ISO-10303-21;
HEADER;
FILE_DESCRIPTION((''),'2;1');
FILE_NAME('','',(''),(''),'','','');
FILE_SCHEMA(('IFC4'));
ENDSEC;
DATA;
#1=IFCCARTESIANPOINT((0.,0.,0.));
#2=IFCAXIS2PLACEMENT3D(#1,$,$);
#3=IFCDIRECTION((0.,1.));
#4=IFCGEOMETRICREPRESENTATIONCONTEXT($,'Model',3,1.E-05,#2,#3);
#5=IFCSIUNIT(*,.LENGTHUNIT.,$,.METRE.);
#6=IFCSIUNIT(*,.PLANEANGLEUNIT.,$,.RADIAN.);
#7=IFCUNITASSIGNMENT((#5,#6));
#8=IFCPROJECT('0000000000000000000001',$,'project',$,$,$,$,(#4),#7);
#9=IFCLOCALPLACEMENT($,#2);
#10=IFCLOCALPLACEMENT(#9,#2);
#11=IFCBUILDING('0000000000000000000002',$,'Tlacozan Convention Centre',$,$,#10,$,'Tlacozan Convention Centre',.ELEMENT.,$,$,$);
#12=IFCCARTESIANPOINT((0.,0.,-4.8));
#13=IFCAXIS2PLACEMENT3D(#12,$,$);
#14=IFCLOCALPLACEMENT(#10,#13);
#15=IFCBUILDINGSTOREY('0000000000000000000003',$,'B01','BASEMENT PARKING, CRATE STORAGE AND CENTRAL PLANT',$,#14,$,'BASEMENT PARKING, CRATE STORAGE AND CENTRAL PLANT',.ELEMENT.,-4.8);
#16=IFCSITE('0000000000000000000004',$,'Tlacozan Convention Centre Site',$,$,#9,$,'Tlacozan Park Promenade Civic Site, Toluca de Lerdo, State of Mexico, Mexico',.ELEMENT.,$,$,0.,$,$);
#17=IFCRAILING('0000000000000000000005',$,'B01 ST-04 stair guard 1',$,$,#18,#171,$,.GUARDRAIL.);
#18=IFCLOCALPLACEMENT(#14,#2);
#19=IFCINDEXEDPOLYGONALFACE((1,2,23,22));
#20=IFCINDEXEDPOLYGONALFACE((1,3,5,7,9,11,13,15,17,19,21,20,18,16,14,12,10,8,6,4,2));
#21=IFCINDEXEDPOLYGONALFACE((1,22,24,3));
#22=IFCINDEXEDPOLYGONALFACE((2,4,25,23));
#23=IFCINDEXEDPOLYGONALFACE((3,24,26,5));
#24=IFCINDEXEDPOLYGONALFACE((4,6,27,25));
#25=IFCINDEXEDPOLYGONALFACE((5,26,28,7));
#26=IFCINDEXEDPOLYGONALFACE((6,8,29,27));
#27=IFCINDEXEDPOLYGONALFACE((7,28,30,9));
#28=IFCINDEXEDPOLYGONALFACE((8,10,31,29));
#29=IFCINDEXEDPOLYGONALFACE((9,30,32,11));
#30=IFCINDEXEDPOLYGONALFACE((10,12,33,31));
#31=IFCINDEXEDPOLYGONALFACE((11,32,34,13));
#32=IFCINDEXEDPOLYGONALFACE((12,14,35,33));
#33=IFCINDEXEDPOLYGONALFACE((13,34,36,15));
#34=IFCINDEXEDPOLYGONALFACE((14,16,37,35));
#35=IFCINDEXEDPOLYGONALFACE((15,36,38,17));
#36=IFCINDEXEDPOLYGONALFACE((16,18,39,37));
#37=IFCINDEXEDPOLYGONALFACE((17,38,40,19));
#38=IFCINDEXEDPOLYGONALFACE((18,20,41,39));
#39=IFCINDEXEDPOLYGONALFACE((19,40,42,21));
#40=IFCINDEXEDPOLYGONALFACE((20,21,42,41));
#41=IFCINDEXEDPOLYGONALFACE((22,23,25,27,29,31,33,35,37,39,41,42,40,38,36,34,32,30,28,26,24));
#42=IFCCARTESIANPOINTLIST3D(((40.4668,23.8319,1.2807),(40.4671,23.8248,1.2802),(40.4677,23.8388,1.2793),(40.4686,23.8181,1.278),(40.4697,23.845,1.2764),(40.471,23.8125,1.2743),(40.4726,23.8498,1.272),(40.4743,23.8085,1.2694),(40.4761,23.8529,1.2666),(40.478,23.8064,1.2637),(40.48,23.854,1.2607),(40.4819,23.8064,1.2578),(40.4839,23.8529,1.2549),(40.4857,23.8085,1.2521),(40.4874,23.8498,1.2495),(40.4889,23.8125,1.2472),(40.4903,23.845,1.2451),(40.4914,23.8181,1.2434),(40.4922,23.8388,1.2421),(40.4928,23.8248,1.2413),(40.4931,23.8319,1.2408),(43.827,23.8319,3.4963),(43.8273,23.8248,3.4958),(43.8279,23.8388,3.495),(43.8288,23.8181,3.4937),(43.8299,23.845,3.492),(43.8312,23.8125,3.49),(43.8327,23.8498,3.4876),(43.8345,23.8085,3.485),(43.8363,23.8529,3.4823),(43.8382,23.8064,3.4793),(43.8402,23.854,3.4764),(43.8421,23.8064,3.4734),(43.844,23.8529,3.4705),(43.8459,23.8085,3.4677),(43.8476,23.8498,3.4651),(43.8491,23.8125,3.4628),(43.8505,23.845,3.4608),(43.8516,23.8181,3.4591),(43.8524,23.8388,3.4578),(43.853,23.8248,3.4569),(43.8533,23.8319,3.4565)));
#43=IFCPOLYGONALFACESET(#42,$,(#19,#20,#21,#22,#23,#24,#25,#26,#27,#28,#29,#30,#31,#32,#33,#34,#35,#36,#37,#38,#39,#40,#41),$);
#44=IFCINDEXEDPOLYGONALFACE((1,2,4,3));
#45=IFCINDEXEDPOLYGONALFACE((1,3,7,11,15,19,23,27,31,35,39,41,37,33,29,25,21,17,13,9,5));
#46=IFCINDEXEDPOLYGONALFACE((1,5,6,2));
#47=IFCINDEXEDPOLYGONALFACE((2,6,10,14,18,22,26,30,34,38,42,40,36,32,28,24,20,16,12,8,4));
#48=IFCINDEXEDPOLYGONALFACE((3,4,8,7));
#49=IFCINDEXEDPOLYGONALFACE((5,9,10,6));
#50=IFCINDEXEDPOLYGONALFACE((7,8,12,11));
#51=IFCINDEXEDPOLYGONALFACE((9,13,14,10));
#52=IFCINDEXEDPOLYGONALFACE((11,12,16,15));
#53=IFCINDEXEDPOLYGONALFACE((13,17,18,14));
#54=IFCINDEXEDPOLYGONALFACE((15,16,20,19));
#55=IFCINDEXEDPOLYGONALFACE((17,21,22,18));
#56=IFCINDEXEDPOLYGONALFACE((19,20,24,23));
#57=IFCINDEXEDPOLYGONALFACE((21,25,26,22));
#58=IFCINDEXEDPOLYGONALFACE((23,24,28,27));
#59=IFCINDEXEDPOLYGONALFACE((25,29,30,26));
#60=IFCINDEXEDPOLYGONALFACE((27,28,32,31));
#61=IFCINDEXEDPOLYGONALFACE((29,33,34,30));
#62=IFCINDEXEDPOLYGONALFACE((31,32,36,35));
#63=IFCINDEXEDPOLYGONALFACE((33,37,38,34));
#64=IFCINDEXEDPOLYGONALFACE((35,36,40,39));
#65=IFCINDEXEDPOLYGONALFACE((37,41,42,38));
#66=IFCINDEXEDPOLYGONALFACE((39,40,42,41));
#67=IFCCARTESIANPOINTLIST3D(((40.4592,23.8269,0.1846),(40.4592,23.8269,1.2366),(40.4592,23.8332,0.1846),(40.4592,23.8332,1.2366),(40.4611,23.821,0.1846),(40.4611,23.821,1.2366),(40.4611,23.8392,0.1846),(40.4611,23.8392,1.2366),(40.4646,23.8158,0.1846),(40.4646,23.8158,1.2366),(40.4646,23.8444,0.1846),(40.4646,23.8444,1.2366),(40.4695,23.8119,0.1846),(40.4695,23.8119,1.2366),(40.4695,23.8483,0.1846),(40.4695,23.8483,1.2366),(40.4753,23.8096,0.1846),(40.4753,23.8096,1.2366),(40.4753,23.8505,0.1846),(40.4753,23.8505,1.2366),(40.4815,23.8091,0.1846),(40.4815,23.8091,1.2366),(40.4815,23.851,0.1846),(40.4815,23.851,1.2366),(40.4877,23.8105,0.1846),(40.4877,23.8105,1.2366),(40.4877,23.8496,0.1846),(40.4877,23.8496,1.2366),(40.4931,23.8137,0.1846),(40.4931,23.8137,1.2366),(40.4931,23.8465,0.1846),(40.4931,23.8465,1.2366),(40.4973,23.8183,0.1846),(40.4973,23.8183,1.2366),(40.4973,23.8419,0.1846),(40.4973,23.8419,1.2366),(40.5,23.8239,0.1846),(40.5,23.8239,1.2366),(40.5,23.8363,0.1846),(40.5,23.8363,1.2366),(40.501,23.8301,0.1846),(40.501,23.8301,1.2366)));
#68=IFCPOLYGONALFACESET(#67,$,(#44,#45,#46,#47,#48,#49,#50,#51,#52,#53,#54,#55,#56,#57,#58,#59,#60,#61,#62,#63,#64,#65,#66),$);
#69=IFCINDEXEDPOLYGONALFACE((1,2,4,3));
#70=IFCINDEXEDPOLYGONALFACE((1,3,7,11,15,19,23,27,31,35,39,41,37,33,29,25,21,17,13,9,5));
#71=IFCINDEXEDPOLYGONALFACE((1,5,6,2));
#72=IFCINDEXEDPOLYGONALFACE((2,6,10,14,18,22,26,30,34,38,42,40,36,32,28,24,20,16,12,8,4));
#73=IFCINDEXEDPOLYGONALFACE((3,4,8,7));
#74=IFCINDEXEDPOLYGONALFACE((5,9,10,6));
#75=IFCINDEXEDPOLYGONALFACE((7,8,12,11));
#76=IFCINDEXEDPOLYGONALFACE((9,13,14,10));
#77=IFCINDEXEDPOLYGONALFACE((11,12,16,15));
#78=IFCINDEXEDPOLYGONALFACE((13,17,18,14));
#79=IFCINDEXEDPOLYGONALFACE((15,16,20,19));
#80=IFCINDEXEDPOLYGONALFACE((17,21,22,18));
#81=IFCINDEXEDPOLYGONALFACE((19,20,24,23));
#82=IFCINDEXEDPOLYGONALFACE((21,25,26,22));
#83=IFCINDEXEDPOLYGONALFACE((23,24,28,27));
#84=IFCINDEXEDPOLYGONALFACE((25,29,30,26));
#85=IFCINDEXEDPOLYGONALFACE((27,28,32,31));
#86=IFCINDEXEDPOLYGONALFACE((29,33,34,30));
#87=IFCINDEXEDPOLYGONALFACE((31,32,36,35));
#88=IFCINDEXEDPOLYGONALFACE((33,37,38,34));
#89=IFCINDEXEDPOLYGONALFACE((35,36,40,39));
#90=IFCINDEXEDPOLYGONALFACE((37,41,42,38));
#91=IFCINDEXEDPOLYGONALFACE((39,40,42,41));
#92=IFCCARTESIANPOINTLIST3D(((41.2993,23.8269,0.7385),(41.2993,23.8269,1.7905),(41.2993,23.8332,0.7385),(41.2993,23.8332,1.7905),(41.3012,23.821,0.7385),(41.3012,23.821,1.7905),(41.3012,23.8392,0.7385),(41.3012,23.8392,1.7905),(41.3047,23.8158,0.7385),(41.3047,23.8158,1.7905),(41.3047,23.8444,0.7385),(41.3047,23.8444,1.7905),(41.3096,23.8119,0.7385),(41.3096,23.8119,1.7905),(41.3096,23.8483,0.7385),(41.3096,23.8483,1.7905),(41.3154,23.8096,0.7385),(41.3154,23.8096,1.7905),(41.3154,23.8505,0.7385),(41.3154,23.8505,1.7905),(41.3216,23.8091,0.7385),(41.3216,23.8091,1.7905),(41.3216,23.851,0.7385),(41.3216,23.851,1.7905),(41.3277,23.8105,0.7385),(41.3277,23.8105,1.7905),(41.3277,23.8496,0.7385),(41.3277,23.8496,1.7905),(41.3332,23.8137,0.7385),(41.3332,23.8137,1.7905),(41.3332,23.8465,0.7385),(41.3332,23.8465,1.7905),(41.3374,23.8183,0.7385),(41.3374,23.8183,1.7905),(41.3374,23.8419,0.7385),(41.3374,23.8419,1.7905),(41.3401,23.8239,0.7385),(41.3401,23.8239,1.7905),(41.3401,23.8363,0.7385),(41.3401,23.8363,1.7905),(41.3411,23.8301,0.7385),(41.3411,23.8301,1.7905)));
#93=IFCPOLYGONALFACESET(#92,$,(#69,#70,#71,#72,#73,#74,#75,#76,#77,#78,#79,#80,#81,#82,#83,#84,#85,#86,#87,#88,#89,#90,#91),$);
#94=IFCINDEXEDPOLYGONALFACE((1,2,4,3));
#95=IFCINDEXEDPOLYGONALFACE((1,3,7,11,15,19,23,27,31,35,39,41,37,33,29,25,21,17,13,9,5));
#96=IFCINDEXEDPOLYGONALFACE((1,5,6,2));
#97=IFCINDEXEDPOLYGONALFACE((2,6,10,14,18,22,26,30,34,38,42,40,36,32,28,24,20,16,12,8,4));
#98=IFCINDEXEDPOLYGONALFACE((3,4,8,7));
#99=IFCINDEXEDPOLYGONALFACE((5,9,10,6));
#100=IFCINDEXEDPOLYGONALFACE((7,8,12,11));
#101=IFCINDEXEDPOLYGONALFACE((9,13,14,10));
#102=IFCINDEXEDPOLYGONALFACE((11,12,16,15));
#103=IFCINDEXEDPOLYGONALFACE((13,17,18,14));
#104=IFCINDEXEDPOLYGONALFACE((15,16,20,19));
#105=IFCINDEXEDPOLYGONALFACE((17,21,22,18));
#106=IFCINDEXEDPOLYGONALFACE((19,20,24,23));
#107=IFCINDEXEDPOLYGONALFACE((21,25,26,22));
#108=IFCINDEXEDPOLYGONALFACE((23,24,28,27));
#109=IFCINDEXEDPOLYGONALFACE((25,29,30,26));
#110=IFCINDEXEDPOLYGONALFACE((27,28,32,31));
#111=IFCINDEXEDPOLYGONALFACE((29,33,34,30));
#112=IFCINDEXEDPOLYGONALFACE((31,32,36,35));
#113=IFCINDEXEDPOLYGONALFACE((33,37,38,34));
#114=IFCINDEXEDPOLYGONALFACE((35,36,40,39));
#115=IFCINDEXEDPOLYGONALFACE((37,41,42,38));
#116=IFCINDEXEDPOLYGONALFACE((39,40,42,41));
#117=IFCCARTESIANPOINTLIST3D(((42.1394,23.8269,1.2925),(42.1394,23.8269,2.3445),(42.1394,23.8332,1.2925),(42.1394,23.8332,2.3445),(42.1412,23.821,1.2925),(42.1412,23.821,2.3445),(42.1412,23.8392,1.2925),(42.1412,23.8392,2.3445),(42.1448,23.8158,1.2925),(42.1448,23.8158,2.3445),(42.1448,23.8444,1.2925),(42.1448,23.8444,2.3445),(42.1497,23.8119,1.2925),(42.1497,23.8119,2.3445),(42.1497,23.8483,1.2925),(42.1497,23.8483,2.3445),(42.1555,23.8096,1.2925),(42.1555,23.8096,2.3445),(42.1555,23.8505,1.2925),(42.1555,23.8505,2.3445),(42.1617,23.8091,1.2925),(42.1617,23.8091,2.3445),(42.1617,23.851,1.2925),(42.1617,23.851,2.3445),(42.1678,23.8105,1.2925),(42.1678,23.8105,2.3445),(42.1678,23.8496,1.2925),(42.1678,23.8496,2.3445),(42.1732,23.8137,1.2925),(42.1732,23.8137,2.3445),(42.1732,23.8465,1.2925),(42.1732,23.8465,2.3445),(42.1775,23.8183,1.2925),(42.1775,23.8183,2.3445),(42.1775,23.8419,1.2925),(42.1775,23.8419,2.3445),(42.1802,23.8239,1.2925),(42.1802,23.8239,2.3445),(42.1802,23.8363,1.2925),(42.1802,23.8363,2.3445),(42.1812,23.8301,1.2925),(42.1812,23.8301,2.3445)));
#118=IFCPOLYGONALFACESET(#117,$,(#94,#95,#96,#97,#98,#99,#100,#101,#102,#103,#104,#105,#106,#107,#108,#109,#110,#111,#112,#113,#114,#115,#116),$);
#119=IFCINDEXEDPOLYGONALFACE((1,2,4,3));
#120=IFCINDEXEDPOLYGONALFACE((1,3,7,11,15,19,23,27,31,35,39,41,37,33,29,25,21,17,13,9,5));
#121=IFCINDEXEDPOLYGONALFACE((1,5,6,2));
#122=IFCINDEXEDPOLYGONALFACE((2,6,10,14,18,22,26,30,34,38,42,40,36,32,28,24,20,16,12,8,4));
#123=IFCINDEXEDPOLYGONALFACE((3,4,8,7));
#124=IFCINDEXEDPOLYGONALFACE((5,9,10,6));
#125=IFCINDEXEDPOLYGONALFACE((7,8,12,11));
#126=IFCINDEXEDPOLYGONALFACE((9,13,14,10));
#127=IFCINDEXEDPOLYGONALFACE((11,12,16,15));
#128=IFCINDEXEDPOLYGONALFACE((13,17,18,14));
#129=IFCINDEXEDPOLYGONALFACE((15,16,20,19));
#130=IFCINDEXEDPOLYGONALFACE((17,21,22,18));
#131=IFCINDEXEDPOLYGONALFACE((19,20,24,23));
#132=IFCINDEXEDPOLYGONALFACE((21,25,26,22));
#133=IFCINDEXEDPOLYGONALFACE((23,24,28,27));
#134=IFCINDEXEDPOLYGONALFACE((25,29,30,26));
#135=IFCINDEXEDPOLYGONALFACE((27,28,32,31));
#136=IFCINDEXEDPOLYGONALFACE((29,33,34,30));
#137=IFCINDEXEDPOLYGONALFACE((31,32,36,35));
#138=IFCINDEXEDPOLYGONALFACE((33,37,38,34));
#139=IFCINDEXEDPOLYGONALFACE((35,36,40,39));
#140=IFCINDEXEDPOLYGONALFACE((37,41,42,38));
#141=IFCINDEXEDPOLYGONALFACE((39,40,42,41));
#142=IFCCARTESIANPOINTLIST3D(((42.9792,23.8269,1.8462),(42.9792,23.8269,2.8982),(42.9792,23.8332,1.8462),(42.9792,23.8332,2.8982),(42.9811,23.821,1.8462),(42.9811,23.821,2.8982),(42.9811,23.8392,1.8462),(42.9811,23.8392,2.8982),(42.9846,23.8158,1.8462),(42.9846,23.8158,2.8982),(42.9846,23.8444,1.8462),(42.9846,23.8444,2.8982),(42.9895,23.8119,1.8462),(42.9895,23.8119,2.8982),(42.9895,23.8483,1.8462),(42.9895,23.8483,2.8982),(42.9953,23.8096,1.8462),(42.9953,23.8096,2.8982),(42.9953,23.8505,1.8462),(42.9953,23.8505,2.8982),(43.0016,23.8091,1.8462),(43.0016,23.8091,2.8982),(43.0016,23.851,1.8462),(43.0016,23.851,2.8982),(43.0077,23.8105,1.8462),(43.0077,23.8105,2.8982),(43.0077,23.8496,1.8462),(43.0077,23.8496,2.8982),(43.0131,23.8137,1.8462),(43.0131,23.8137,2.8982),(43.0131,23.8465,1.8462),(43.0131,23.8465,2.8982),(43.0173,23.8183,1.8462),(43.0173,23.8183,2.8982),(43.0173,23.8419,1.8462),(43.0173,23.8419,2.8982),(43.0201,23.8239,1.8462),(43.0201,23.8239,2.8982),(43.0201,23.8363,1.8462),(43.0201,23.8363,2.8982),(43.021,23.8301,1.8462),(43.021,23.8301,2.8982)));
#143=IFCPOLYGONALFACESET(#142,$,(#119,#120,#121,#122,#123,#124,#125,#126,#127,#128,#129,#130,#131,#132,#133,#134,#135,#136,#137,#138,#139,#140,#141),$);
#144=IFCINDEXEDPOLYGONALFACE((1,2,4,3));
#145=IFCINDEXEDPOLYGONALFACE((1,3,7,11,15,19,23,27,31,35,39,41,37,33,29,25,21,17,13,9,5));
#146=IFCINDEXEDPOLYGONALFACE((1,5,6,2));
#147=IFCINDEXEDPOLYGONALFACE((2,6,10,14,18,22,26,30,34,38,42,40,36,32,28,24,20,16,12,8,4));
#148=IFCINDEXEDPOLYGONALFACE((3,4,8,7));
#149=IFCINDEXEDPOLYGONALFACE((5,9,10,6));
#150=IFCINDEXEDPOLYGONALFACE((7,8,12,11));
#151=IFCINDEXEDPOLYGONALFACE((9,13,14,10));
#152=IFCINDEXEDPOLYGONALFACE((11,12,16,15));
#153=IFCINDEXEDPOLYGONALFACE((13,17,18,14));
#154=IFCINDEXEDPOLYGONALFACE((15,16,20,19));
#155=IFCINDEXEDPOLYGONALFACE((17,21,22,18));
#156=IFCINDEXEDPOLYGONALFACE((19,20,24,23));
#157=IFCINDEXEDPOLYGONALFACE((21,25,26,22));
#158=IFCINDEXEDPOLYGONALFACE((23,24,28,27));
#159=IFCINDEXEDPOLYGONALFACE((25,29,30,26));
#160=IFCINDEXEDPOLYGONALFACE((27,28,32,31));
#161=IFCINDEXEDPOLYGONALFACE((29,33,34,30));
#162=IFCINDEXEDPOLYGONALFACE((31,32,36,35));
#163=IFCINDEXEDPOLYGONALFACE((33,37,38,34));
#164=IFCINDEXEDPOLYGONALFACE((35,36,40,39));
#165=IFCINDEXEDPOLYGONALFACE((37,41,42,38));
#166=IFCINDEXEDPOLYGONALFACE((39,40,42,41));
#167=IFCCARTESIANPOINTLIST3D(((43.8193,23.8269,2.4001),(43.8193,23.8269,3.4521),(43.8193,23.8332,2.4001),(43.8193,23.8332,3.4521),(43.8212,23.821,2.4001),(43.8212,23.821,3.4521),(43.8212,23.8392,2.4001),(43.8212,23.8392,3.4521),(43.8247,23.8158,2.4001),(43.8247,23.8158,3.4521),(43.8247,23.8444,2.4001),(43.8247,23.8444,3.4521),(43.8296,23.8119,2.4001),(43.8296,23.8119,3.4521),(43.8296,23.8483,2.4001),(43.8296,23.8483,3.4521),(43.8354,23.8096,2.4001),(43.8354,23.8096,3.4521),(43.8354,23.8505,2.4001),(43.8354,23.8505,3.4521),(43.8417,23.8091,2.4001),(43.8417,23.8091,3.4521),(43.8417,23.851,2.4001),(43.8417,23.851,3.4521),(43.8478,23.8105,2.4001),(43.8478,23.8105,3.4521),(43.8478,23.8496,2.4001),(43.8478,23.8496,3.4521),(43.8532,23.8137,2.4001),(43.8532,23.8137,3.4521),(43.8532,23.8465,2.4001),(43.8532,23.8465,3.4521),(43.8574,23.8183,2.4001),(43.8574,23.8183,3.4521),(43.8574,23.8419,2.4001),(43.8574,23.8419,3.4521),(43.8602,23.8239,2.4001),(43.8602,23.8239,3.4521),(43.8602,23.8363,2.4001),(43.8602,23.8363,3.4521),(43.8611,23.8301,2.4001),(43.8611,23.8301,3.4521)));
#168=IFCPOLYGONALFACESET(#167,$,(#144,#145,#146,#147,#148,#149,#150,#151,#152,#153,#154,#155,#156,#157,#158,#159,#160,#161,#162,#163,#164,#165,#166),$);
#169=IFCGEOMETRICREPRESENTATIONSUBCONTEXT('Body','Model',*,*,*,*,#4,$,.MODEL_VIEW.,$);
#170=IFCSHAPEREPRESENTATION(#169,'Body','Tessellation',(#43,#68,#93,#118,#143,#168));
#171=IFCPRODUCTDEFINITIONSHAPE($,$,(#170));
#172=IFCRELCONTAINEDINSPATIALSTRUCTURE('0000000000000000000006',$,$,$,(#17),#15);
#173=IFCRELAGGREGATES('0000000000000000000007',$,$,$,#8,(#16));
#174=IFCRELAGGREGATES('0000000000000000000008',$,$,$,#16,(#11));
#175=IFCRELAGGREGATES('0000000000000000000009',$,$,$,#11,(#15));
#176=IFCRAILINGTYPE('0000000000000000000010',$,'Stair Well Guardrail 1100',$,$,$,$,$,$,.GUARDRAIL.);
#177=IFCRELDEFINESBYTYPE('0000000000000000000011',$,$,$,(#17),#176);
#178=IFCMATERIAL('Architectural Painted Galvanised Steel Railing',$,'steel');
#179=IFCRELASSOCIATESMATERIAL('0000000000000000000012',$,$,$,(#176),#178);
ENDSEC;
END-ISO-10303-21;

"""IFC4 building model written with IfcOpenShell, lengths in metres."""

from ifc_helpers import new_model, si_unit, direction, frame, origin, origin_2d, place, context, subcontext, project, spatial, circle, extrude, material, type_object, element, save


model = new_model("IFC4")

# Units and contexts
model_context = context("Model", 3, precision=1e-05, world=origin(), true_north=direction((0.0, 1.0)))
body_context = subcontext(model_context, "Body", "Model", "MODEL_VIEW")
ifc_project = project(units=[si_unit("LENGTHUNIT", "METRE"), si_unit("PLANEANGLEUNIT", "RADIAN")], contexts=[model_context])

# Site, building, storey
site_placement = place(None, origin())
site = spatial("IfcSite", under=ifc_project, at=site_placement, Name="Tlacozan Convention Centre Site", LongName="Tlacozan Park Promenade Civic Site, Toluca de Lerdo, State of Mexico, Mexico", CompositionType="ELEMENT", RefElevation=0.0)
building_placement = place(site_placement, origin())
building = spatial("IfcBuilding", under=site, at=building_placement, Name="Tlacozan Convention Centre", LongName="Tlacozan Convention Centre", CompositionType="ELEMENT")
storey_placement = place(building_placement, frame((0.0, 0.0, -4.8)))
storey = spatial("IfcBuildingStorey", under=building, at=storey_placement, Name="B01", Description="BASEMENT PARKING, CRATE STORAGE AND CENTRAL PLANT", LongName="BASEMENT PARKING, CRATE STORAGE AND CENTRAL PLANT", CompositionType="ELEMENT", Elevation=-4.8)

# Railing
ifc_material_1 = material(Name="Architectural Painted Galvanised Steel Railing", Category="steel")
railing_type_1 = type_object("IfcRailingType", Name="Stair Well Guardrail 1100", PredefinedType="GUARDRAIL", material=ifc_material_1)
railing_1_placement = place(storey_placement, frame((40.48, 23.8301, 0.1846)))
element("IfcRailing", 1, at=railing_1_placement, inside=storey, type_object=railing_type_1, Name="B01 ST-04 stair guard 1", PredefinedType="GUARDRAIL", context=body_context, shape_type="SweptSolid", body=[
    extrude(circle(Radius=0.0239, at=origin_2d()), frame((0.0, 0.0, 1.0762), z_axis=(0.834849, 0.0, 0.55048), x_axis=(0.0, 1.0, 0.0)), (0.0, 0.0, 1.0), 4.0249),
    extrude(circle(Radius=0.021, at=origin_2d()), origin(), (0.0, 0.0, 1.0), 1.052),
    extrude(circle(Radius=0.021, at=origin_2d()), frame((0.8401, 0.0, 0.554)), (0.0, 0.0, 1.0), 1.052),
    extrude(circle(Radius=0.021, at=origin_2d()), frame((1.6802, 0.0, 1.1079)), (0.0, 0.0, 1.0), 1.052),
    extrude(circle(Radius=0.021, at=origin_2d()), frame((2.52, 0.0, 1.6616)), (0.0, 0.0, 1.0), 1.052),
    extrude(circle(Radius=0.021, at=origin_2d()), frame((3.3601, 0.0, 2.2156)), (0.0, 0.0, 1.0), 1.052),
])

save(model, "model.ifc")
